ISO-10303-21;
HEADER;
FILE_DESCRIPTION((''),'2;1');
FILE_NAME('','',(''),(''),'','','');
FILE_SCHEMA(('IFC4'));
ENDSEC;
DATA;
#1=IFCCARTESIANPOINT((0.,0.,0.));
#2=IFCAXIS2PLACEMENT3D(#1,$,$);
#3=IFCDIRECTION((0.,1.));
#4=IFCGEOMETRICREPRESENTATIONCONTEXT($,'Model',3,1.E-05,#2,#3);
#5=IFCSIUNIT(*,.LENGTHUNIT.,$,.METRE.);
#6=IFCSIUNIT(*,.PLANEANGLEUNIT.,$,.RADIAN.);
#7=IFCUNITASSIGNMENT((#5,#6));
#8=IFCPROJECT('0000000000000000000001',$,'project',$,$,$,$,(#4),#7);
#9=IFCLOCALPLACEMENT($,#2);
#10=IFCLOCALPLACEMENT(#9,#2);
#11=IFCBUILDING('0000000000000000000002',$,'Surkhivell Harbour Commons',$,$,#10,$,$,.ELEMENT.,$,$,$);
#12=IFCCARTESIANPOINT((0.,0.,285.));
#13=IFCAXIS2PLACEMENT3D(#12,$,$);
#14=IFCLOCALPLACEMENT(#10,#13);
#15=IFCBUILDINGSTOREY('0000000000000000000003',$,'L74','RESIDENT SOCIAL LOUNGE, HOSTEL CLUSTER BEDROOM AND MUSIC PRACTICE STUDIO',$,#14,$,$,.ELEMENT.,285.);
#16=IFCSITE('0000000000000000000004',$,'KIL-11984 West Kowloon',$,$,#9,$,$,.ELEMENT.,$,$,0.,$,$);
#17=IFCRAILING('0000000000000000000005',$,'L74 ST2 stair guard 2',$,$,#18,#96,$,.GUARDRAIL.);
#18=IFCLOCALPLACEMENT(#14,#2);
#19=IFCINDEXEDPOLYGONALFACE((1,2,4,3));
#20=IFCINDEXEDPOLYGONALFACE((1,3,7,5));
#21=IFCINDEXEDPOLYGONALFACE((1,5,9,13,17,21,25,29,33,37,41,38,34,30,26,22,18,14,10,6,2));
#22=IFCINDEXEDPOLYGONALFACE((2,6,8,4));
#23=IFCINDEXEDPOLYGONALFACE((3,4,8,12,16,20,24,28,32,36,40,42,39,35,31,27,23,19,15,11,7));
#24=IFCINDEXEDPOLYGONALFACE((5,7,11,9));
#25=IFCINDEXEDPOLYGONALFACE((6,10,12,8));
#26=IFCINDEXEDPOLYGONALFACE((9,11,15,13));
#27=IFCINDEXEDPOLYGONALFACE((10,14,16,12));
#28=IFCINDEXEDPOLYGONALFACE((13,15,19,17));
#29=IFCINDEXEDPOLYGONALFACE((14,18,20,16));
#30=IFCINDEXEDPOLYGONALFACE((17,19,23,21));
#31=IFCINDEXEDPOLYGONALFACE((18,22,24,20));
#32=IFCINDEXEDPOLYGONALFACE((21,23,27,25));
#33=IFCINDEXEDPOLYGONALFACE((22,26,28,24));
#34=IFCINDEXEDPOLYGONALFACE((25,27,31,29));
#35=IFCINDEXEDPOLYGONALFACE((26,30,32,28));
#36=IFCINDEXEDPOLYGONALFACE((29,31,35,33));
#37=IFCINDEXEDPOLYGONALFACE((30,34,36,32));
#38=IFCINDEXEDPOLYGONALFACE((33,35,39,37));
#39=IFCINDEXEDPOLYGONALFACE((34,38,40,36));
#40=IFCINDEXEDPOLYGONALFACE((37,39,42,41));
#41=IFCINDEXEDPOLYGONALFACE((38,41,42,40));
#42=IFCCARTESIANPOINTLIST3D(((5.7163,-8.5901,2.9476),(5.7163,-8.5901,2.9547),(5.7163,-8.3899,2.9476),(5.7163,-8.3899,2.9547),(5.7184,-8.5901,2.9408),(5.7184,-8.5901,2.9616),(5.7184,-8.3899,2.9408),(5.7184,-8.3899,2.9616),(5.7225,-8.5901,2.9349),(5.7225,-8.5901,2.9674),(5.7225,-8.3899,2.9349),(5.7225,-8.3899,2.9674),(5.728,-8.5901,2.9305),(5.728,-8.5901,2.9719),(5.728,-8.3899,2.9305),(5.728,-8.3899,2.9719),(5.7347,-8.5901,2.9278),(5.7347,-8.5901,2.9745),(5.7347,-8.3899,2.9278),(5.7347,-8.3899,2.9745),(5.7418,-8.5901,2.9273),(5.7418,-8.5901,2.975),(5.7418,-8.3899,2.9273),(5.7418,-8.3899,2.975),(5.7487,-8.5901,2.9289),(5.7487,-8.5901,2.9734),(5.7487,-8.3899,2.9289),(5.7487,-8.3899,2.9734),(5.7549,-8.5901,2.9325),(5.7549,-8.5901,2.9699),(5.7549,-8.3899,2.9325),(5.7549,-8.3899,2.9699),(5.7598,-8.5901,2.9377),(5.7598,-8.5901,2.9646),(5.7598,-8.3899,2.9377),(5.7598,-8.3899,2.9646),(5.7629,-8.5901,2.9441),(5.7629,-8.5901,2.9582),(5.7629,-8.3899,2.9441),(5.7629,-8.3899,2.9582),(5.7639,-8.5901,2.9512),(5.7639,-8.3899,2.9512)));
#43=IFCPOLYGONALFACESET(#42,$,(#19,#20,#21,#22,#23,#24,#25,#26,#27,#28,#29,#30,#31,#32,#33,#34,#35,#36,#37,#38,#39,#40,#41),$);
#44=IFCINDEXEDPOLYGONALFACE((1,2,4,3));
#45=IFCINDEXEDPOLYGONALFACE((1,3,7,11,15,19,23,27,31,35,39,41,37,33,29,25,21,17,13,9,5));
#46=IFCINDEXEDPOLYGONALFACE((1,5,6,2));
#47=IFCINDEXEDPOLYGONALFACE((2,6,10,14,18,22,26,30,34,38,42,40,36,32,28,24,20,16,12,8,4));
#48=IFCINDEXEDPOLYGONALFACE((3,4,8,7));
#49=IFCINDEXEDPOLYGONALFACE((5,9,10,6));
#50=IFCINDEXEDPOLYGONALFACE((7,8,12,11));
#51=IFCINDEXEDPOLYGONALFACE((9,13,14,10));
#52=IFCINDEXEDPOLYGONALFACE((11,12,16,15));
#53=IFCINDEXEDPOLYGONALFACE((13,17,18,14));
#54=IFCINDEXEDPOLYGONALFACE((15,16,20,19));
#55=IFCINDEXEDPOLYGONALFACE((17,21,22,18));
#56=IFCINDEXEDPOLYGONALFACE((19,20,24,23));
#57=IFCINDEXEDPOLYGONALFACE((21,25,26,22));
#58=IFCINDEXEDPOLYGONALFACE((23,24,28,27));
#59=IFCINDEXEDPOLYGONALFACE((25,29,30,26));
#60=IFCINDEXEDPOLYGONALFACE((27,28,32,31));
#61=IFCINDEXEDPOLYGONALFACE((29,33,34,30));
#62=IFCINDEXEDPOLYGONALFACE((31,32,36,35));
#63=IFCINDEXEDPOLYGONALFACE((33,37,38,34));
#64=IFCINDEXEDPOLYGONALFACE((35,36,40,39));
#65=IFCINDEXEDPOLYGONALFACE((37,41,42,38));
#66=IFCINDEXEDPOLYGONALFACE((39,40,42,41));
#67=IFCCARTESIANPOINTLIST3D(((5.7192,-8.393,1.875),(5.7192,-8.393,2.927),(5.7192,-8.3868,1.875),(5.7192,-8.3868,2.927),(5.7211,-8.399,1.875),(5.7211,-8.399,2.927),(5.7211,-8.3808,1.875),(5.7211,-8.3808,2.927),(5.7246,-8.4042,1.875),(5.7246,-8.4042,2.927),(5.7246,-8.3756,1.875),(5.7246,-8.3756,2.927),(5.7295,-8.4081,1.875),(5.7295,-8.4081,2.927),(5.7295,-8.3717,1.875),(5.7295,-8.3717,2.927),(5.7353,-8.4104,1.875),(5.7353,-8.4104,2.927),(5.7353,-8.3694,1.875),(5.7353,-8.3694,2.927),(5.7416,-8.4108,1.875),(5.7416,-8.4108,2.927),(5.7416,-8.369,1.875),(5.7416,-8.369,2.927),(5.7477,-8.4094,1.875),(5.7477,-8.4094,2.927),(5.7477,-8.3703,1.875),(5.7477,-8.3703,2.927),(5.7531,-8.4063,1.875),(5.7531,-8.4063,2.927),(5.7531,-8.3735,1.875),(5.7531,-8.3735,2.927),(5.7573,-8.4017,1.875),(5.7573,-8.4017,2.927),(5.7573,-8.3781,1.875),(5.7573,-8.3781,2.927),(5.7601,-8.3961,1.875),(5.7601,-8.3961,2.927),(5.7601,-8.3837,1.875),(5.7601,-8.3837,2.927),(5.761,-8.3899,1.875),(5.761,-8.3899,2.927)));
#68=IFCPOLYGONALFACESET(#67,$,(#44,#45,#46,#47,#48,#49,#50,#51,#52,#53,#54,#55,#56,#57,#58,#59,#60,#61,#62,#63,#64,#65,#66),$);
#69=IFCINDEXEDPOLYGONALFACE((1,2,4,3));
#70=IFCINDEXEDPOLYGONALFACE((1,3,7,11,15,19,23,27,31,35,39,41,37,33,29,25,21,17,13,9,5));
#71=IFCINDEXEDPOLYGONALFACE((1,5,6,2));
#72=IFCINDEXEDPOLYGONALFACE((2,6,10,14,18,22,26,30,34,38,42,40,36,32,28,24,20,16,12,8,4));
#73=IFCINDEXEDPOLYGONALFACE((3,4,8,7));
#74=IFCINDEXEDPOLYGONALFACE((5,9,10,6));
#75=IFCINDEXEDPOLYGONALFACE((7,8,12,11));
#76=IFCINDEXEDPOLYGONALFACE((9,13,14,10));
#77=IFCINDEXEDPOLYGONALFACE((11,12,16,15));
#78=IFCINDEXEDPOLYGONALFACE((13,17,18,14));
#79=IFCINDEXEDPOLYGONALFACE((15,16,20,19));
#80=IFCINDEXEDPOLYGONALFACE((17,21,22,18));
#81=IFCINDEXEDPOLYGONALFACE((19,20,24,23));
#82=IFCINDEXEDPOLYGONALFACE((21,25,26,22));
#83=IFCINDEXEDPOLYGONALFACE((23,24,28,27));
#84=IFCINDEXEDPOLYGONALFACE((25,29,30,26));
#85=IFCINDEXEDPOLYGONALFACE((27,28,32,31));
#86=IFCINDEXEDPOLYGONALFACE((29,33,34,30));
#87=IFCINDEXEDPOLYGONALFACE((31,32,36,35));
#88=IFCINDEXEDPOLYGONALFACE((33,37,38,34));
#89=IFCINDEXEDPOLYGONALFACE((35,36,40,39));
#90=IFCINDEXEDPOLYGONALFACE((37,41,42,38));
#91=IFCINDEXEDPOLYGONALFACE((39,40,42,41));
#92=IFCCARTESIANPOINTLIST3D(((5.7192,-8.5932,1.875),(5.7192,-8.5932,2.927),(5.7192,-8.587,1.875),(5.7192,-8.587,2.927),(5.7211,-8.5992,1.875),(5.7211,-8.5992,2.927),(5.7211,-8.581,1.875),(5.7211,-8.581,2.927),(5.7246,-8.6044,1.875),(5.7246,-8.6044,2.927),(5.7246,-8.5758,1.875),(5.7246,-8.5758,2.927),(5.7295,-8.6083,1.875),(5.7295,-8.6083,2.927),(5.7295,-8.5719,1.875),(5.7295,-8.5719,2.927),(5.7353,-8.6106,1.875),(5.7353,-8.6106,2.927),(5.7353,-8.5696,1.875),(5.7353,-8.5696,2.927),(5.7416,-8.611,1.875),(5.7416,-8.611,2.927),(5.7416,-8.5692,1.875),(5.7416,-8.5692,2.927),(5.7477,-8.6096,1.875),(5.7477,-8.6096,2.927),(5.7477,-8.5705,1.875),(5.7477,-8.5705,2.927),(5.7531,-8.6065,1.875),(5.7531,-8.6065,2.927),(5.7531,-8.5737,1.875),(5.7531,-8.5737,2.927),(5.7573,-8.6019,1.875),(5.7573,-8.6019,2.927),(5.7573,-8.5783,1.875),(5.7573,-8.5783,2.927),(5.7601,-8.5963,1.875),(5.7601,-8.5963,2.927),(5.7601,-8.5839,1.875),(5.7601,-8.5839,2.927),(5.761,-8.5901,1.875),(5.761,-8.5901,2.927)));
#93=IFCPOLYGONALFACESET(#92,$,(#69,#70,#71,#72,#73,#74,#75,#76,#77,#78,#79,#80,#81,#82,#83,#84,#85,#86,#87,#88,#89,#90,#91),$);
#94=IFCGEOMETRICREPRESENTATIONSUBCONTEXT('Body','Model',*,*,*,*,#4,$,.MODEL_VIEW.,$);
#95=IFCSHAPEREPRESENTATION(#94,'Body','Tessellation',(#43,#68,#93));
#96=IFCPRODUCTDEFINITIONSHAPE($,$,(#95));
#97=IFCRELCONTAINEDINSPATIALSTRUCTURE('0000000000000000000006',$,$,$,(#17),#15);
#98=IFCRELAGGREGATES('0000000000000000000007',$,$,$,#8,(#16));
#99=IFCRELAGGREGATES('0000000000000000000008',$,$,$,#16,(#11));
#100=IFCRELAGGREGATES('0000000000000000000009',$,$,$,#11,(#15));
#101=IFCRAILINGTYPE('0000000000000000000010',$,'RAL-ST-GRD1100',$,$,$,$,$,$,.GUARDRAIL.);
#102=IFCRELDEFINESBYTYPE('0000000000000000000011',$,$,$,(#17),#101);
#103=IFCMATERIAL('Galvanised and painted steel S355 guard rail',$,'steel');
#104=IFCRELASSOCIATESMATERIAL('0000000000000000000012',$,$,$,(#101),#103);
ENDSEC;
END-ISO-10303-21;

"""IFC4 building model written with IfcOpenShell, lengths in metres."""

from ifc_helpers import new_model, si_unit, direction, frame, origin, origin_2d, place, context, subcontext, project, spatial, circle, extrude, material, type_object, element, save


model = new_model("IFC4")

# Units and contexts
model_context = context("Model", 3, precision=1e-05, world=origin(), true_north=direction((0.0, 1.0)))
body_context = subcontext(model_context, "Body", "Model", "MODEL_VIEW")
ifc_project = project(units=[si_unit("LENGTHUNIT", "METRE"), si_unit("PLANEANGLEUNIT", "RADIAN")], contexts=[model_context])

# Site, building, storey
site_placement = place(None, origin())
site = spatial("IfcSite", under=ifc_project, at=site_placement, Name="KIL-11984 West Kowloon", CompositionType="ELEMENT", RefElevation=0.0)
building_placement = place(site_placement, origin())
building = spatial("IfcBuilding", under=site, at=building_placement, Name="Surkhivell Harbour Commons", CompositionType="ELEMENT")
storey_placement = place(building_placement, frame((0.0, 0.0, 285.0)))
storey = spatial("IfcBuildingStorey", under=building, at=storey_placement, Name="L74", Description="RESIDENT SOCIAL LOUNGE, HOSTEL CLUSTER BEDROOM AND MUSIC PRACTICE STUDIO", CompositionType="ELEMENT", Elevation=285.0)

# Railing
ifc_material_1 = material(Name="Galvanised and painted steel S355 guard rail", Category="steel")
railing_type_1 = type_object("IfcRailingType", Name="RAL-ST-GRD1100", PredefinedType="GUARDRAIL", material=ifc_material_1)
railing_1_placement = place(storey_placement, frame((5.74, -8.3899, 1.875)))
element("IfcRailing", 1, at=railing_1_placement, inside=storey, type_object=railing_type_1, Name="L74 ST2 stair guard 2", PredefinedType="GUARDRAIL", context=body_context, shape_type="SweptSolid", body=[
    extrude(circle(Radius=0.0239, at=origin_2d()), frame((0.0, 0.0, 1.0762), z_axis=(0.0, -1.0, 0.0), x_axis=(1.0, 0.0, 0.0)), (0.0, 0.0, 1.0), 0.2002),
    extrude(circle(Radius=0.021, at=origin_2d()), origin(), (0.0, 0.0, 1.0), 1.052),
    extrude(circle(Radius=0.021, at=origin_2d()), frame((0.0, -0.2002, 0.0)), (0.0, 0.0, 1.0), 1.052),
])

save(model, "model.ifc")
